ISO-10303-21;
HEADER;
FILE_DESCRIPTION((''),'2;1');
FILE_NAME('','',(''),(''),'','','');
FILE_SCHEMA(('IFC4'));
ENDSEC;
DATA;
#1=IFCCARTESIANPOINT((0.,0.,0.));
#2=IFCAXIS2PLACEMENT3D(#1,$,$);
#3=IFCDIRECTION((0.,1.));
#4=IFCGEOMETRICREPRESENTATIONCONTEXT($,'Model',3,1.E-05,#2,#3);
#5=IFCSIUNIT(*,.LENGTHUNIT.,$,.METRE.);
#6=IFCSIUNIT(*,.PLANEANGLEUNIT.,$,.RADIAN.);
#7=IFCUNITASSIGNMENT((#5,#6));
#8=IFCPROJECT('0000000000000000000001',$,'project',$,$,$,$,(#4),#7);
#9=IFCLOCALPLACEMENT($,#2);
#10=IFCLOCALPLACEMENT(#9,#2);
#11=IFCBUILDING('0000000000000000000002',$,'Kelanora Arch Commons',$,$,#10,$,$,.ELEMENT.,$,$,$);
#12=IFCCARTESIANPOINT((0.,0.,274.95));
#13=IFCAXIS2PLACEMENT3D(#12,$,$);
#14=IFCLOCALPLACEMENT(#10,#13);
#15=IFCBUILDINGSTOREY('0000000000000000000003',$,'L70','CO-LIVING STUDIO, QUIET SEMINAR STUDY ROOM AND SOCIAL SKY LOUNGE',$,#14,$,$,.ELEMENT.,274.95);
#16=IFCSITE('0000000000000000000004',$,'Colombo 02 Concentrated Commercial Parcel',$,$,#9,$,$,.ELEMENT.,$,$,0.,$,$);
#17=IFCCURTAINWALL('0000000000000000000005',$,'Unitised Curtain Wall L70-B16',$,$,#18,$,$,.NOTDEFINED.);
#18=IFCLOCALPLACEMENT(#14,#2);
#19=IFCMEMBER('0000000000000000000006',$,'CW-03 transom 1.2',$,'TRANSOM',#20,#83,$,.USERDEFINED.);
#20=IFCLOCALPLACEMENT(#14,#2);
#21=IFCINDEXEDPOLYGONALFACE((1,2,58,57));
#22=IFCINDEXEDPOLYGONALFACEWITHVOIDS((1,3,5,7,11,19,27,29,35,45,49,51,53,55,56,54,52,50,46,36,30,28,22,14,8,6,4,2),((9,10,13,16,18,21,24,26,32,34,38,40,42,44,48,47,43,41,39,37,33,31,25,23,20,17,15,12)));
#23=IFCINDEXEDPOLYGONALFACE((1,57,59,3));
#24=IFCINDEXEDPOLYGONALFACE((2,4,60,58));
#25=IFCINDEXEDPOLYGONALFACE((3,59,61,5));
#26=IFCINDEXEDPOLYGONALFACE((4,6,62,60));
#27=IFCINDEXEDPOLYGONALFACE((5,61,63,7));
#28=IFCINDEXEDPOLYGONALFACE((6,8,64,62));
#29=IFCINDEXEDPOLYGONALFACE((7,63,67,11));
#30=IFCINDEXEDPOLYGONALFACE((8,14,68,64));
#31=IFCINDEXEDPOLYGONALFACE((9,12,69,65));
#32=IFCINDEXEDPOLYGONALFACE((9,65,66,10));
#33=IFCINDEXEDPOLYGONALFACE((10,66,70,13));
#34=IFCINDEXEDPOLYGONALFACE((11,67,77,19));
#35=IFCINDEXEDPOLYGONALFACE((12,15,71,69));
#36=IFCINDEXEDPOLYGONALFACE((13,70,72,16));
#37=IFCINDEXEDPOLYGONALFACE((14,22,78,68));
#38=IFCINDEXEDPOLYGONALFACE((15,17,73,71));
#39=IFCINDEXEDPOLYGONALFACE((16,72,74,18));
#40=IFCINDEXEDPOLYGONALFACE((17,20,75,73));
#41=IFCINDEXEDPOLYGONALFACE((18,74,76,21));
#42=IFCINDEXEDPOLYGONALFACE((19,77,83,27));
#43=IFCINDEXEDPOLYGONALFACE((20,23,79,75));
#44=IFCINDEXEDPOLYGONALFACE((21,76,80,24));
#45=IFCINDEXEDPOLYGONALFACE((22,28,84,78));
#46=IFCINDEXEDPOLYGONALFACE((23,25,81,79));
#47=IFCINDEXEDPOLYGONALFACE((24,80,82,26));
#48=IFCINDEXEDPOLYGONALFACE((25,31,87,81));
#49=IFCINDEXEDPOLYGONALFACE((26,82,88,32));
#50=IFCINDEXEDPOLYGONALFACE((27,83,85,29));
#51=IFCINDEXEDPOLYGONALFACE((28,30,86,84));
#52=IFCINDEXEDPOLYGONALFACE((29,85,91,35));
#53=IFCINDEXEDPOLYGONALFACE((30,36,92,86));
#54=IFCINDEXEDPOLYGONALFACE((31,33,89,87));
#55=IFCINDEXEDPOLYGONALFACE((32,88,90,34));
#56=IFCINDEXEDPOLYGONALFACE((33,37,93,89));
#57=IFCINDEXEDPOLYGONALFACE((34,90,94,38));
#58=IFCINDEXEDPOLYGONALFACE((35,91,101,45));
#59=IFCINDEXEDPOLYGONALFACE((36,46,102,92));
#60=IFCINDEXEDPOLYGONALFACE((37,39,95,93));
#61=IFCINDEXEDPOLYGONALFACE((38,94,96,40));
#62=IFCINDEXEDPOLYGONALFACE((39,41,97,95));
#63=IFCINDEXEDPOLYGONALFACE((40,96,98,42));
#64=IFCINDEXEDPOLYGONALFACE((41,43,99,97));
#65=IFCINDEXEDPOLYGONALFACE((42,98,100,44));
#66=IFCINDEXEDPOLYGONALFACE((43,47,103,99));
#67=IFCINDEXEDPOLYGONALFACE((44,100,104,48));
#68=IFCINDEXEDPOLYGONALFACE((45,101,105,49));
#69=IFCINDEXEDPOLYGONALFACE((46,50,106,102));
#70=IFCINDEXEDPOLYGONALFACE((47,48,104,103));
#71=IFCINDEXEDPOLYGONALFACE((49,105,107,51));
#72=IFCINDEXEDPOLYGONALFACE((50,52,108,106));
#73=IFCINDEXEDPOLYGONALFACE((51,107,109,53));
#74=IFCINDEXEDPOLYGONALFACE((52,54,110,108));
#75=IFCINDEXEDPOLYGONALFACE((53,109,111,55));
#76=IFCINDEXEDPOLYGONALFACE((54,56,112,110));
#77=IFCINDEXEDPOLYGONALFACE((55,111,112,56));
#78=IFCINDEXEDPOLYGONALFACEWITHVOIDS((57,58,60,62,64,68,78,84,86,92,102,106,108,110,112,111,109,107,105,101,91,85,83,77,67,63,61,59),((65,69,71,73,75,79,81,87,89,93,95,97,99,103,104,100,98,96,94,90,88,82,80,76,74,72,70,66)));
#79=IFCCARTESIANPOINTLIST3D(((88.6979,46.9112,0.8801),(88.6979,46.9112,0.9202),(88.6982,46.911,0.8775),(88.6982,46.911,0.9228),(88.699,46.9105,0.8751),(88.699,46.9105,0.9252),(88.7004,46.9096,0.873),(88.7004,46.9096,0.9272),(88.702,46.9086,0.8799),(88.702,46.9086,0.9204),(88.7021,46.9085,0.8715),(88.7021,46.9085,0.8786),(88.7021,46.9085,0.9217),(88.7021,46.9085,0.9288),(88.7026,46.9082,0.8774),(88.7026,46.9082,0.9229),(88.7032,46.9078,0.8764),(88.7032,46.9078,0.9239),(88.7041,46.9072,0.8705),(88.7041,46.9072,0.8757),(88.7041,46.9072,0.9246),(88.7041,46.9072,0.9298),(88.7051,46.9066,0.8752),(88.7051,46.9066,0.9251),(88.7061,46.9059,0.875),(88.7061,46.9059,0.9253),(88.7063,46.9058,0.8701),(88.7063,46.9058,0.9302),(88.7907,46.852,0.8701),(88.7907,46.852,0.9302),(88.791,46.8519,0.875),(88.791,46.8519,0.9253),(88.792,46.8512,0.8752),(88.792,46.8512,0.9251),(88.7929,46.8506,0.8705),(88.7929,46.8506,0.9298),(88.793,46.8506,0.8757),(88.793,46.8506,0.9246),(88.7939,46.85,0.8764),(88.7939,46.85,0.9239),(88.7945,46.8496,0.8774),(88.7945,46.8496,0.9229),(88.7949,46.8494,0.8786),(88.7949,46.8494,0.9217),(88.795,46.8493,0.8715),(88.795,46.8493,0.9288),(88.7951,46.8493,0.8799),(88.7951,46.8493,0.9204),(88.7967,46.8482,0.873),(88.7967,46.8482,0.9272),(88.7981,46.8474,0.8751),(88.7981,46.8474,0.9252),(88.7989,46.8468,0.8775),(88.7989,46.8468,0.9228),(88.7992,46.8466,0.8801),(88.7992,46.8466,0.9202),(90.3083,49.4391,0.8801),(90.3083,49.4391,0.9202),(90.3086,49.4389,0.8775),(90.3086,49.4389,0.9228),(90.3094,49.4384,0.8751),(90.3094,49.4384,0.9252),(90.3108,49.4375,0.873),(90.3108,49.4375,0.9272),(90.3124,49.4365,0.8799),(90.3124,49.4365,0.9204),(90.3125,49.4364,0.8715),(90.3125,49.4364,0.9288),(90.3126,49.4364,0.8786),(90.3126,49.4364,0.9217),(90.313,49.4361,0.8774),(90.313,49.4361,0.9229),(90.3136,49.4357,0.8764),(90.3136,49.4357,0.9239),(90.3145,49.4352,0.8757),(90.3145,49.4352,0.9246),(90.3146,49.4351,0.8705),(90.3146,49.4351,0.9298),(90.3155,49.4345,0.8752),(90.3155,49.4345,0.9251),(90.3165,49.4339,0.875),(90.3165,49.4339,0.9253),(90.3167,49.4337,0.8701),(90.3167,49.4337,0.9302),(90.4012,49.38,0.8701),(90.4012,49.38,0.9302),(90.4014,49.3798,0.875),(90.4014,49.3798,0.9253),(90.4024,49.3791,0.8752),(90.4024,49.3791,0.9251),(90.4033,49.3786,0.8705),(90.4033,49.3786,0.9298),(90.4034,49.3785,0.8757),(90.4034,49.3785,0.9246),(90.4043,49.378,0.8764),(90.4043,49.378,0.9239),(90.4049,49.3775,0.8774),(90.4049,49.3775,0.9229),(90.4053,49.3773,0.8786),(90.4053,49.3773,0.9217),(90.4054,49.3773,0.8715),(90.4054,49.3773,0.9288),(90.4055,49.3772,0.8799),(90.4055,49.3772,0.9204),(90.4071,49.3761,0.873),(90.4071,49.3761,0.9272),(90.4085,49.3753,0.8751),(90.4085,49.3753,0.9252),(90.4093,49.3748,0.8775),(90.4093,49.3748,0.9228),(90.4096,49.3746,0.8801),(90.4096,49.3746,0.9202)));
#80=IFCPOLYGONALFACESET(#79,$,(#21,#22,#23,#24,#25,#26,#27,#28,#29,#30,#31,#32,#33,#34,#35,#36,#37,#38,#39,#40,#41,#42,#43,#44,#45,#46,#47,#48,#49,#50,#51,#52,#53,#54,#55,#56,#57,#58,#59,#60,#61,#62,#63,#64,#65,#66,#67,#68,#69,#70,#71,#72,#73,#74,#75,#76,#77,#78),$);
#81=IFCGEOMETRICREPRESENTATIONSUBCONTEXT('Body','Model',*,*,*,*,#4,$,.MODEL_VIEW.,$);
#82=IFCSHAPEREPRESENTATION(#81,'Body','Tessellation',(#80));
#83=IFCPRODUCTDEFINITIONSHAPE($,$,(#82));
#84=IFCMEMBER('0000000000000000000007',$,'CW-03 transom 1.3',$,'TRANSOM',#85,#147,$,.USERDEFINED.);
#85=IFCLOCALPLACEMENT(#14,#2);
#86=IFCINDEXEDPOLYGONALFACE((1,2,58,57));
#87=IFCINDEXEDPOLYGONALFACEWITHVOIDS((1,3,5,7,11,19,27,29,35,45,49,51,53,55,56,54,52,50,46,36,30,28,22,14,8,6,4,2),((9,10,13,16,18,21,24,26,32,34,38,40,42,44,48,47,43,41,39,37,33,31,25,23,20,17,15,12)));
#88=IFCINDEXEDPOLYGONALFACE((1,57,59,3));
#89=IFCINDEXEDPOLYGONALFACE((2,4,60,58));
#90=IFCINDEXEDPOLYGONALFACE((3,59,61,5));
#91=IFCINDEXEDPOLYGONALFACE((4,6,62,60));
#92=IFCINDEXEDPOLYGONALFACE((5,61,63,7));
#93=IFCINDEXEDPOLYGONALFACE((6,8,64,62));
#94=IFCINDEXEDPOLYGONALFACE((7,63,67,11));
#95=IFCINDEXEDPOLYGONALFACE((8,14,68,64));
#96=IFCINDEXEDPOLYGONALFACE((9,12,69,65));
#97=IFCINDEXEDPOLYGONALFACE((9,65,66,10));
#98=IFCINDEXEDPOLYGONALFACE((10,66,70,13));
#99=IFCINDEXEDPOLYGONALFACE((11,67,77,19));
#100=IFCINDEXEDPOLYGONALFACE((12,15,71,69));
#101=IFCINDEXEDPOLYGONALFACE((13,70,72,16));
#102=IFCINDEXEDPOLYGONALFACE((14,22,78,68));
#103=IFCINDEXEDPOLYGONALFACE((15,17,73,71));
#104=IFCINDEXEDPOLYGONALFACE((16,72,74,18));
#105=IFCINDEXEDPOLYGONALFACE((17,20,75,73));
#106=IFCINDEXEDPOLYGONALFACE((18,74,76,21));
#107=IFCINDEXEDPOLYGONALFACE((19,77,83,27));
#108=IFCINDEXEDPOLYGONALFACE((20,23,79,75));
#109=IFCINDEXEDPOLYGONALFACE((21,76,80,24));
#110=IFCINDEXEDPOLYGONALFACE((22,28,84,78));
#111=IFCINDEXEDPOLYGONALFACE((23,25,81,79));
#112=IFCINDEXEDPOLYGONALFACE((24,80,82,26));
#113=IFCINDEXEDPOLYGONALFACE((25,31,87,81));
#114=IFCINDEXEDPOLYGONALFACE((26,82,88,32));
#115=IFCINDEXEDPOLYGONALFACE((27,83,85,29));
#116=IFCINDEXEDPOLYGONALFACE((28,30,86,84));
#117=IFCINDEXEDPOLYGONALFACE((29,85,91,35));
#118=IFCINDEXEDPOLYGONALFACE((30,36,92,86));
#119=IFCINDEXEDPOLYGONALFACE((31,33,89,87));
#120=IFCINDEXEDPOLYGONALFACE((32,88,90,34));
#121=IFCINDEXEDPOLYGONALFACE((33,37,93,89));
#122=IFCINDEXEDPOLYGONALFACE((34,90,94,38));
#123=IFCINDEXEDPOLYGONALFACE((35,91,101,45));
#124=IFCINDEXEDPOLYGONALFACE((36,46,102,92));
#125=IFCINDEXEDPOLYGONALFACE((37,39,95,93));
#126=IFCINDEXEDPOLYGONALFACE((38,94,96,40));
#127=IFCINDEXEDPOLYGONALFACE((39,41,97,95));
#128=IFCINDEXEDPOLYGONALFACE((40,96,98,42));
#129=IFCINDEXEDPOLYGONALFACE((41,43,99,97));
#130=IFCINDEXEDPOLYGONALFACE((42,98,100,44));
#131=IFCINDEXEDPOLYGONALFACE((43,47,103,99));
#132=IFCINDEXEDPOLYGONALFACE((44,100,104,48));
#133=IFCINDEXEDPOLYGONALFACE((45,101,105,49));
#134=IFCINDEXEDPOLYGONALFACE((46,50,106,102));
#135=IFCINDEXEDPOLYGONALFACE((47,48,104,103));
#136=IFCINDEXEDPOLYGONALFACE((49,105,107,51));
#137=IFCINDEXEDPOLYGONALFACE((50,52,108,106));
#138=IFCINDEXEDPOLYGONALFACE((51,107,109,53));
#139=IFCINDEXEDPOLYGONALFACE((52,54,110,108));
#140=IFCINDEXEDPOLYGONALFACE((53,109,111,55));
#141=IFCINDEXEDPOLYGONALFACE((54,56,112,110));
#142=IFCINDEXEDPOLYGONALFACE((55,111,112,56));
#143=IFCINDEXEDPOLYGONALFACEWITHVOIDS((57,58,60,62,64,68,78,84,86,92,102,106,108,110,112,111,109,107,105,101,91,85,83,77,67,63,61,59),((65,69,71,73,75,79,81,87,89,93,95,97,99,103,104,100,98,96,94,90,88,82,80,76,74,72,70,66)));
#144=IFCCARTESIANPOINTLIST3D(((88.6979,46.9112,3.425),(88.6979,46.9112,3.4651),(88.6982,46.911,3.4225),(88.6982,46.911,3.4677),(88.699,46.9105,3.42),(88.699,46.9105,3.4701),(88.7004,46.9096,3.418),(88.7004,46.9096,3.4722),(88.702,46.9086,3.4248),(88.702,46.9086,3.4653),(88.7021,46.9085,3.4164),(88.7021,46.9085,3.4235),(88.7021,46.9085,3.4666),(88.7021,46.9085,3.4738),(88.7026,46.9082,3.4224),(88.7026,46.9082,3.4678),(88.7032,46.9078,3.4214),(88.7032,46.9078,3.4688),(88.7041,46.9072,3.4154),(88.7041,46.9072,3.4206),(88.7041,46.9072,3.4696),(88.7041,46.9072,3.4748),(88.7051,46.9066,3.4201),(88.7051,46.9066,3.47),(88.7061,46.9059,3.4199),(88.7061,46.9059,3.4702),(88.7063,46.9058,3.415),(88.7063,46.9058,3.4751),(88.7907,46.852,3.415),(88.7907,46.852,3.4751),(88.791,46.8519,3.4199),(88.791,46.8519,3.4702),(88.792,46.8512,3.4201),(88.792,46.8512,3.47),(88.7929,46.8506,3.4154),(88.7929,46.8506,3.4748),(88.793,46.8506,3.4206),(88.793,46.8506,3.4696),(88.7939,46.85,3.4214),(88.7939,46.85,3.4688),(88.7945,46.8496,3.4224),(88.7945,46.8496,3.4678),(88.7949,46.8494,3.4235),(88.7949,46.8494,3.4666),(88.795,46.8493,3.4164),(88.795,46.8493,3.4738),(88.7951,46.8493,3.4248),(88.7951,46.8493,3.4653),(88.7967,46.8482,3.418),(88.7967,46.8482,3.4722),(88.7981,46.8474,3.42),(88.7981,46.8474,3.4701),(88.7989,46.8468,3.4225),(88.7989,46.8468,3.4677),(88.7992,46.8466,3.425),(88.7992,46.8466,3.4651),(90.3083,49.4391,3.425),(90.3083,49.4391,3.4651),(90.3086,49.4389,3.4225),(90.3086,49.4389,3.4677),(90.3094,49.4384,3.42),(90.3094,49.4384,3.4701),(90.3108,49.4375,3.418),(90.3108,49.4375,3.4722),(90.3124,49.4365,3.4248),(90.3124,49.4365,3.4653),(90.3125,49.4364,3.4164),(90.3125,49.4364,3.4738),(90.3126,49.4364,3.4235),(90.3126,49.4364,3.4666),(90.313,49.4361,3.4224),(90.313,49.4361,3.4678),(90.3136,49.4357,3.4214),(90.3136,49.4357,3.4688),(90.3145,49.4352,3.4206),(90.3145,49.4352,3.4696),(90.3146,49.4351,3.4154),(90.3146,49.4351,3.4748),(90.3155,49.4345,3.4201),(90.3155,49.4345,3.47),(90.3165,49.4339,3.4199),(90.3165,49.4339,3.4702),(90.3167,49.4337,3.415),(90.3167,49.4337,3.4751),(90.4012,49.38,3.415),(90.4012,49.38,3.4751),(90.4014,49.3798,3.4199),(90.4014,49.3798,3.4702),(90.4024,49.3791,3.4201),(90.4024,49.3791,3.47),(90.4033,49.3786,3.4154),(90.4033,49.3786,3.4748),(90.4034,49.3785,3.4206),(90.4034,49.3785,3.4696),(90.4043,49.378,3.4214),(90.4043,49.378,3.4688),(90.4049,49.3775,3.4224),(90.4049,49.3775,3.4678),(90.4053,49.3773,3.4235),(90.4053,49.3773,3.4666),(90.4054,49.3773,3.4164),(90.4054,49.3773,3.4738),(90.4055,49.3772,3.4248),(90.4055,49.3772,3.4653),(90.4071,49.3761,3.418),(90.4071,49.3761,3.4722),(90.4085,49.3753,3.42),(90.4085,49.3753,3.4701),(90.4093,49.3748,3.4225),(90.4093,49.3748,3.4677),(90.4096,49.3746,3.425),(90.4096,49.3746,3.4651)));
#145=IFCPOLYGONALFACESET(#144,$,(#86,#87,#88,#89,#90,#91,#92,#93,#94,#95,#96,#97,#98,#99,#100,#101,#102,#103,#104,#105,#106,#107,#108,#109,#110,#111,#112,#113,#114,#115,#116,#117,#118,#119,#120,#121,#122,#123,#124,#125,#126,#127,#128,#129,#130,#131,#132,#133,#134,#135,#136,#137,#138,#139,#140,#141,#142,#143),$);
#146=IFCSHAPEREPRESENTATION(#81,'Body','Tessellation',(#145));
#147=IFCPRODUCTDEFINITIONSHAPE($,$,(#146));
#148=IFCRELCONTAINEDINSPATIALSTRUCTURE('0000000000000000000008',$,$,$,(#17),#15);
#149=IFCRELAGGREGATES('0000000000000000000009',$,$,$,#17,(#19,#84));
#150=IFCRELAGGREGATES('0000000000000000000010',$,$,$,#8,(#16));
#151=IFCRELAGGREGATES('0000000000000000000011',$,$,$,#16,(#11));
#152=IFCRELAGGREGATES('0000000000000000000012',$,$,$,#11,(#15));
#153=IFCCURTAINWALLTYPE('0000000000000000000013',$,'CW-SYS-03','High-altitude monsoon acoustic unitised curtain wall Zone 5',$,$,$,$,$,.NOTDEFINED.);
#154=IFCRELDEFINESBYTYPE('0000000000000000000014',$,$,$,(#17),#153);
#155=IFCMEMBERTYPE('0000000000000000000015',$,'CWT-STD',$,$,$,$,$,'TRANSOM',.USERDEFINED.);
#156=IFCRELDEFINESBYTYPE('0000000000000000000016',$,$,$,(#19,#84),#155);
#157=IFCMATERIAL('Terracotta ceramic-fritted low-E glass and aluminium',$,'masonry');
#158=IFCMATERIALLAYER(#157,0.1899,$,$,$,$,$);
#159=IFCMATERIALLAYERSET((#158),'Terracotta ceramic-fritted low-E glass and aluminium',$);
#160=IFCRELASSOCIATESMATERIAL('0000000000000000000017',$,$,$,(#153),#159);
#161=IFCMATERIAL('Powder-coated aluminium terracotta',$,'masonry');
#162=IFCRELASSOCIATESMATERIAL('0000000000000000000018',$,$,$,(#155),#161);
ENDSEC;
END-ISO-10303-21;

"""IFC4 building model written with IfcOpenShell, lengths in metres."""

from ifc_helpers import new_model, si_unit, direction, frame, origin, origin_2d, place, context, subcontext, project, spatial, hollow_rectangle, extrude, material, layer, layer_set, material_profile, profile_set, type_object, element, aggregate, save


model = new_model("IFC4")

# Units and contexts
model_context = context("Model", 3, precision=1e-05, world=origin(), true_north=direction((0.0, 1.0)))
body_context = subcontext(model_context, "Body", "Model", "MODEL_VIEW")
ifc_project = project(units=[si_unit("LENGTHUNIT", "METRE"), si_unit("PLANEANGLEUNIT", "RADIAN")], contexts=[model_context])

# Site, building, storey
site_placement = place(None, origin())
site = spatial("IfcSite", under=ifc_project, at=site_placement, Name="Colombo 02 Concentrated Commercial Parcel", CompositionType="ELEMENT", RefElevation=0.0)
building_placement = place(site_placement, origin())
building = spatial("IfcBuilding", under=site, at=building_placement, Name="Kelanora Arch Commons", CompositionType="ELEMENT")
storey_placement = place(building_placement, frame((0.0, 0.0, 274.95)))
storey = spatial("IfcBuildingStorey", under=building, at=storey_placement, Name="L70", Description="CO-LIVING STUDIO, QUIET SEMINAR STUDY ROOM AND SOCIAL SKY LOUNGE", CompositionType="ELEMENT", Elevation=274.95)

# Shared definitions
ifc_material_1 = material(Name="Terracotta ceramic-fritted low-E glass and aluminium", Category="masonry")
ifc_layer_1 = layer(ifc_material_1, 0.1899)
ifc_layer_set_1 = layer_set([ifc_layer_1], Name="Terracotta ceramic-fritted low-E glass and aluminium")
curtain_wall_type = type_object("IfcCurtainWallType", Name="CW-SYS-03", Description="High-altitude monsoon acoustic unitised curtain wall Zone 5", PredefinedType="NOTDEFINED", material=ifc_layer_set_1)
ifc_material_2 = material(Name="Powder-coated aluminium terracotta", Category="masonry")

# Curtain wall, members
curtain_wall_1_placement = place(storey_placement, origin())
curtain_wall_1 = element("IfcCurtainWall", 1, at=curtain_wall_1_placement, inside=storey, type_object=curtain_wall_type, Name="Unitised Curtain Wall L70-B16", PredefinedType="NOTDEFINED")
ifc_material_profile_1 = material_profile(ifc_material_2, hollow_rectangle(XDim=0.1201, YDim=0.0601, WallThickness=0.0049, InnerFilletRadius=0.0049, OuterFilletRadius=0.01, at=origin_2d()), Name="CWT120x60")
ifc_profile_set_1 = profile_set([ifc_material_profile_1], Name="Powder-coated aluminium terracotta")
member_type_1 = type_object("IfcMemberType", Name="CWT-STD", ElementType="TRANSOM", PredefinedType="USERDEFINED", material=ifc_profile_set_1)
member_1_placement = place(storey_placement, frame((88.7485, 46.8789, 0.9001), z_axis=(0.537287, 0.8434, 0.0), x_axis=(-0.8434, 0.537287, 0.0)))
member_1 = element("IfcMember", 2, at=member_1_placement, type_object=member_type_1, Name="CW-03 transom 1.2", ObjectType="TRANSOM", PredefinedType="USERDEFINED", context=body_context, shape_type="SweptSolid", body=[
    extrude(hollow_rectangle(XDim=0.1201, YDim=0.0601, WallThickness=0.0049, InnerFilletRadius=0.0049, OuterFilletRadius=0.01, at=origin_2d()), origin(), (0.0, 0.0, 1.0), 2.9973),
])
member_2_placement = place(storey_placement, frame((88.7485, 46.8789, 3.4451), z_axis=(0.537287, 0.8434, 0.0), x_axis=(-0.8434, 0.537287, 0.0)))
member_2 = element("IfcMember", 3, at=member_2_placement, type_object=member_type_1, Name="CW-03 transom 1.3", ObjectType="TRANSOM", PredefinedType="USERDEFINED", context=body_context, shape_type="SweptSolid", body=[
    extrude(hollow_rectangle(XDim=0.1201, YDim=0.0601, WallThickness=0.0049, InnerFilletRadius=0.0049, OuterFilletRadius=0.01, at=origin_2d()), origin(), (0.0, 0.0, 1.0), 2.9973),
])

aggregate(curtain_wall_1, [member_1, member_2])

save(model, "model.ifc")
